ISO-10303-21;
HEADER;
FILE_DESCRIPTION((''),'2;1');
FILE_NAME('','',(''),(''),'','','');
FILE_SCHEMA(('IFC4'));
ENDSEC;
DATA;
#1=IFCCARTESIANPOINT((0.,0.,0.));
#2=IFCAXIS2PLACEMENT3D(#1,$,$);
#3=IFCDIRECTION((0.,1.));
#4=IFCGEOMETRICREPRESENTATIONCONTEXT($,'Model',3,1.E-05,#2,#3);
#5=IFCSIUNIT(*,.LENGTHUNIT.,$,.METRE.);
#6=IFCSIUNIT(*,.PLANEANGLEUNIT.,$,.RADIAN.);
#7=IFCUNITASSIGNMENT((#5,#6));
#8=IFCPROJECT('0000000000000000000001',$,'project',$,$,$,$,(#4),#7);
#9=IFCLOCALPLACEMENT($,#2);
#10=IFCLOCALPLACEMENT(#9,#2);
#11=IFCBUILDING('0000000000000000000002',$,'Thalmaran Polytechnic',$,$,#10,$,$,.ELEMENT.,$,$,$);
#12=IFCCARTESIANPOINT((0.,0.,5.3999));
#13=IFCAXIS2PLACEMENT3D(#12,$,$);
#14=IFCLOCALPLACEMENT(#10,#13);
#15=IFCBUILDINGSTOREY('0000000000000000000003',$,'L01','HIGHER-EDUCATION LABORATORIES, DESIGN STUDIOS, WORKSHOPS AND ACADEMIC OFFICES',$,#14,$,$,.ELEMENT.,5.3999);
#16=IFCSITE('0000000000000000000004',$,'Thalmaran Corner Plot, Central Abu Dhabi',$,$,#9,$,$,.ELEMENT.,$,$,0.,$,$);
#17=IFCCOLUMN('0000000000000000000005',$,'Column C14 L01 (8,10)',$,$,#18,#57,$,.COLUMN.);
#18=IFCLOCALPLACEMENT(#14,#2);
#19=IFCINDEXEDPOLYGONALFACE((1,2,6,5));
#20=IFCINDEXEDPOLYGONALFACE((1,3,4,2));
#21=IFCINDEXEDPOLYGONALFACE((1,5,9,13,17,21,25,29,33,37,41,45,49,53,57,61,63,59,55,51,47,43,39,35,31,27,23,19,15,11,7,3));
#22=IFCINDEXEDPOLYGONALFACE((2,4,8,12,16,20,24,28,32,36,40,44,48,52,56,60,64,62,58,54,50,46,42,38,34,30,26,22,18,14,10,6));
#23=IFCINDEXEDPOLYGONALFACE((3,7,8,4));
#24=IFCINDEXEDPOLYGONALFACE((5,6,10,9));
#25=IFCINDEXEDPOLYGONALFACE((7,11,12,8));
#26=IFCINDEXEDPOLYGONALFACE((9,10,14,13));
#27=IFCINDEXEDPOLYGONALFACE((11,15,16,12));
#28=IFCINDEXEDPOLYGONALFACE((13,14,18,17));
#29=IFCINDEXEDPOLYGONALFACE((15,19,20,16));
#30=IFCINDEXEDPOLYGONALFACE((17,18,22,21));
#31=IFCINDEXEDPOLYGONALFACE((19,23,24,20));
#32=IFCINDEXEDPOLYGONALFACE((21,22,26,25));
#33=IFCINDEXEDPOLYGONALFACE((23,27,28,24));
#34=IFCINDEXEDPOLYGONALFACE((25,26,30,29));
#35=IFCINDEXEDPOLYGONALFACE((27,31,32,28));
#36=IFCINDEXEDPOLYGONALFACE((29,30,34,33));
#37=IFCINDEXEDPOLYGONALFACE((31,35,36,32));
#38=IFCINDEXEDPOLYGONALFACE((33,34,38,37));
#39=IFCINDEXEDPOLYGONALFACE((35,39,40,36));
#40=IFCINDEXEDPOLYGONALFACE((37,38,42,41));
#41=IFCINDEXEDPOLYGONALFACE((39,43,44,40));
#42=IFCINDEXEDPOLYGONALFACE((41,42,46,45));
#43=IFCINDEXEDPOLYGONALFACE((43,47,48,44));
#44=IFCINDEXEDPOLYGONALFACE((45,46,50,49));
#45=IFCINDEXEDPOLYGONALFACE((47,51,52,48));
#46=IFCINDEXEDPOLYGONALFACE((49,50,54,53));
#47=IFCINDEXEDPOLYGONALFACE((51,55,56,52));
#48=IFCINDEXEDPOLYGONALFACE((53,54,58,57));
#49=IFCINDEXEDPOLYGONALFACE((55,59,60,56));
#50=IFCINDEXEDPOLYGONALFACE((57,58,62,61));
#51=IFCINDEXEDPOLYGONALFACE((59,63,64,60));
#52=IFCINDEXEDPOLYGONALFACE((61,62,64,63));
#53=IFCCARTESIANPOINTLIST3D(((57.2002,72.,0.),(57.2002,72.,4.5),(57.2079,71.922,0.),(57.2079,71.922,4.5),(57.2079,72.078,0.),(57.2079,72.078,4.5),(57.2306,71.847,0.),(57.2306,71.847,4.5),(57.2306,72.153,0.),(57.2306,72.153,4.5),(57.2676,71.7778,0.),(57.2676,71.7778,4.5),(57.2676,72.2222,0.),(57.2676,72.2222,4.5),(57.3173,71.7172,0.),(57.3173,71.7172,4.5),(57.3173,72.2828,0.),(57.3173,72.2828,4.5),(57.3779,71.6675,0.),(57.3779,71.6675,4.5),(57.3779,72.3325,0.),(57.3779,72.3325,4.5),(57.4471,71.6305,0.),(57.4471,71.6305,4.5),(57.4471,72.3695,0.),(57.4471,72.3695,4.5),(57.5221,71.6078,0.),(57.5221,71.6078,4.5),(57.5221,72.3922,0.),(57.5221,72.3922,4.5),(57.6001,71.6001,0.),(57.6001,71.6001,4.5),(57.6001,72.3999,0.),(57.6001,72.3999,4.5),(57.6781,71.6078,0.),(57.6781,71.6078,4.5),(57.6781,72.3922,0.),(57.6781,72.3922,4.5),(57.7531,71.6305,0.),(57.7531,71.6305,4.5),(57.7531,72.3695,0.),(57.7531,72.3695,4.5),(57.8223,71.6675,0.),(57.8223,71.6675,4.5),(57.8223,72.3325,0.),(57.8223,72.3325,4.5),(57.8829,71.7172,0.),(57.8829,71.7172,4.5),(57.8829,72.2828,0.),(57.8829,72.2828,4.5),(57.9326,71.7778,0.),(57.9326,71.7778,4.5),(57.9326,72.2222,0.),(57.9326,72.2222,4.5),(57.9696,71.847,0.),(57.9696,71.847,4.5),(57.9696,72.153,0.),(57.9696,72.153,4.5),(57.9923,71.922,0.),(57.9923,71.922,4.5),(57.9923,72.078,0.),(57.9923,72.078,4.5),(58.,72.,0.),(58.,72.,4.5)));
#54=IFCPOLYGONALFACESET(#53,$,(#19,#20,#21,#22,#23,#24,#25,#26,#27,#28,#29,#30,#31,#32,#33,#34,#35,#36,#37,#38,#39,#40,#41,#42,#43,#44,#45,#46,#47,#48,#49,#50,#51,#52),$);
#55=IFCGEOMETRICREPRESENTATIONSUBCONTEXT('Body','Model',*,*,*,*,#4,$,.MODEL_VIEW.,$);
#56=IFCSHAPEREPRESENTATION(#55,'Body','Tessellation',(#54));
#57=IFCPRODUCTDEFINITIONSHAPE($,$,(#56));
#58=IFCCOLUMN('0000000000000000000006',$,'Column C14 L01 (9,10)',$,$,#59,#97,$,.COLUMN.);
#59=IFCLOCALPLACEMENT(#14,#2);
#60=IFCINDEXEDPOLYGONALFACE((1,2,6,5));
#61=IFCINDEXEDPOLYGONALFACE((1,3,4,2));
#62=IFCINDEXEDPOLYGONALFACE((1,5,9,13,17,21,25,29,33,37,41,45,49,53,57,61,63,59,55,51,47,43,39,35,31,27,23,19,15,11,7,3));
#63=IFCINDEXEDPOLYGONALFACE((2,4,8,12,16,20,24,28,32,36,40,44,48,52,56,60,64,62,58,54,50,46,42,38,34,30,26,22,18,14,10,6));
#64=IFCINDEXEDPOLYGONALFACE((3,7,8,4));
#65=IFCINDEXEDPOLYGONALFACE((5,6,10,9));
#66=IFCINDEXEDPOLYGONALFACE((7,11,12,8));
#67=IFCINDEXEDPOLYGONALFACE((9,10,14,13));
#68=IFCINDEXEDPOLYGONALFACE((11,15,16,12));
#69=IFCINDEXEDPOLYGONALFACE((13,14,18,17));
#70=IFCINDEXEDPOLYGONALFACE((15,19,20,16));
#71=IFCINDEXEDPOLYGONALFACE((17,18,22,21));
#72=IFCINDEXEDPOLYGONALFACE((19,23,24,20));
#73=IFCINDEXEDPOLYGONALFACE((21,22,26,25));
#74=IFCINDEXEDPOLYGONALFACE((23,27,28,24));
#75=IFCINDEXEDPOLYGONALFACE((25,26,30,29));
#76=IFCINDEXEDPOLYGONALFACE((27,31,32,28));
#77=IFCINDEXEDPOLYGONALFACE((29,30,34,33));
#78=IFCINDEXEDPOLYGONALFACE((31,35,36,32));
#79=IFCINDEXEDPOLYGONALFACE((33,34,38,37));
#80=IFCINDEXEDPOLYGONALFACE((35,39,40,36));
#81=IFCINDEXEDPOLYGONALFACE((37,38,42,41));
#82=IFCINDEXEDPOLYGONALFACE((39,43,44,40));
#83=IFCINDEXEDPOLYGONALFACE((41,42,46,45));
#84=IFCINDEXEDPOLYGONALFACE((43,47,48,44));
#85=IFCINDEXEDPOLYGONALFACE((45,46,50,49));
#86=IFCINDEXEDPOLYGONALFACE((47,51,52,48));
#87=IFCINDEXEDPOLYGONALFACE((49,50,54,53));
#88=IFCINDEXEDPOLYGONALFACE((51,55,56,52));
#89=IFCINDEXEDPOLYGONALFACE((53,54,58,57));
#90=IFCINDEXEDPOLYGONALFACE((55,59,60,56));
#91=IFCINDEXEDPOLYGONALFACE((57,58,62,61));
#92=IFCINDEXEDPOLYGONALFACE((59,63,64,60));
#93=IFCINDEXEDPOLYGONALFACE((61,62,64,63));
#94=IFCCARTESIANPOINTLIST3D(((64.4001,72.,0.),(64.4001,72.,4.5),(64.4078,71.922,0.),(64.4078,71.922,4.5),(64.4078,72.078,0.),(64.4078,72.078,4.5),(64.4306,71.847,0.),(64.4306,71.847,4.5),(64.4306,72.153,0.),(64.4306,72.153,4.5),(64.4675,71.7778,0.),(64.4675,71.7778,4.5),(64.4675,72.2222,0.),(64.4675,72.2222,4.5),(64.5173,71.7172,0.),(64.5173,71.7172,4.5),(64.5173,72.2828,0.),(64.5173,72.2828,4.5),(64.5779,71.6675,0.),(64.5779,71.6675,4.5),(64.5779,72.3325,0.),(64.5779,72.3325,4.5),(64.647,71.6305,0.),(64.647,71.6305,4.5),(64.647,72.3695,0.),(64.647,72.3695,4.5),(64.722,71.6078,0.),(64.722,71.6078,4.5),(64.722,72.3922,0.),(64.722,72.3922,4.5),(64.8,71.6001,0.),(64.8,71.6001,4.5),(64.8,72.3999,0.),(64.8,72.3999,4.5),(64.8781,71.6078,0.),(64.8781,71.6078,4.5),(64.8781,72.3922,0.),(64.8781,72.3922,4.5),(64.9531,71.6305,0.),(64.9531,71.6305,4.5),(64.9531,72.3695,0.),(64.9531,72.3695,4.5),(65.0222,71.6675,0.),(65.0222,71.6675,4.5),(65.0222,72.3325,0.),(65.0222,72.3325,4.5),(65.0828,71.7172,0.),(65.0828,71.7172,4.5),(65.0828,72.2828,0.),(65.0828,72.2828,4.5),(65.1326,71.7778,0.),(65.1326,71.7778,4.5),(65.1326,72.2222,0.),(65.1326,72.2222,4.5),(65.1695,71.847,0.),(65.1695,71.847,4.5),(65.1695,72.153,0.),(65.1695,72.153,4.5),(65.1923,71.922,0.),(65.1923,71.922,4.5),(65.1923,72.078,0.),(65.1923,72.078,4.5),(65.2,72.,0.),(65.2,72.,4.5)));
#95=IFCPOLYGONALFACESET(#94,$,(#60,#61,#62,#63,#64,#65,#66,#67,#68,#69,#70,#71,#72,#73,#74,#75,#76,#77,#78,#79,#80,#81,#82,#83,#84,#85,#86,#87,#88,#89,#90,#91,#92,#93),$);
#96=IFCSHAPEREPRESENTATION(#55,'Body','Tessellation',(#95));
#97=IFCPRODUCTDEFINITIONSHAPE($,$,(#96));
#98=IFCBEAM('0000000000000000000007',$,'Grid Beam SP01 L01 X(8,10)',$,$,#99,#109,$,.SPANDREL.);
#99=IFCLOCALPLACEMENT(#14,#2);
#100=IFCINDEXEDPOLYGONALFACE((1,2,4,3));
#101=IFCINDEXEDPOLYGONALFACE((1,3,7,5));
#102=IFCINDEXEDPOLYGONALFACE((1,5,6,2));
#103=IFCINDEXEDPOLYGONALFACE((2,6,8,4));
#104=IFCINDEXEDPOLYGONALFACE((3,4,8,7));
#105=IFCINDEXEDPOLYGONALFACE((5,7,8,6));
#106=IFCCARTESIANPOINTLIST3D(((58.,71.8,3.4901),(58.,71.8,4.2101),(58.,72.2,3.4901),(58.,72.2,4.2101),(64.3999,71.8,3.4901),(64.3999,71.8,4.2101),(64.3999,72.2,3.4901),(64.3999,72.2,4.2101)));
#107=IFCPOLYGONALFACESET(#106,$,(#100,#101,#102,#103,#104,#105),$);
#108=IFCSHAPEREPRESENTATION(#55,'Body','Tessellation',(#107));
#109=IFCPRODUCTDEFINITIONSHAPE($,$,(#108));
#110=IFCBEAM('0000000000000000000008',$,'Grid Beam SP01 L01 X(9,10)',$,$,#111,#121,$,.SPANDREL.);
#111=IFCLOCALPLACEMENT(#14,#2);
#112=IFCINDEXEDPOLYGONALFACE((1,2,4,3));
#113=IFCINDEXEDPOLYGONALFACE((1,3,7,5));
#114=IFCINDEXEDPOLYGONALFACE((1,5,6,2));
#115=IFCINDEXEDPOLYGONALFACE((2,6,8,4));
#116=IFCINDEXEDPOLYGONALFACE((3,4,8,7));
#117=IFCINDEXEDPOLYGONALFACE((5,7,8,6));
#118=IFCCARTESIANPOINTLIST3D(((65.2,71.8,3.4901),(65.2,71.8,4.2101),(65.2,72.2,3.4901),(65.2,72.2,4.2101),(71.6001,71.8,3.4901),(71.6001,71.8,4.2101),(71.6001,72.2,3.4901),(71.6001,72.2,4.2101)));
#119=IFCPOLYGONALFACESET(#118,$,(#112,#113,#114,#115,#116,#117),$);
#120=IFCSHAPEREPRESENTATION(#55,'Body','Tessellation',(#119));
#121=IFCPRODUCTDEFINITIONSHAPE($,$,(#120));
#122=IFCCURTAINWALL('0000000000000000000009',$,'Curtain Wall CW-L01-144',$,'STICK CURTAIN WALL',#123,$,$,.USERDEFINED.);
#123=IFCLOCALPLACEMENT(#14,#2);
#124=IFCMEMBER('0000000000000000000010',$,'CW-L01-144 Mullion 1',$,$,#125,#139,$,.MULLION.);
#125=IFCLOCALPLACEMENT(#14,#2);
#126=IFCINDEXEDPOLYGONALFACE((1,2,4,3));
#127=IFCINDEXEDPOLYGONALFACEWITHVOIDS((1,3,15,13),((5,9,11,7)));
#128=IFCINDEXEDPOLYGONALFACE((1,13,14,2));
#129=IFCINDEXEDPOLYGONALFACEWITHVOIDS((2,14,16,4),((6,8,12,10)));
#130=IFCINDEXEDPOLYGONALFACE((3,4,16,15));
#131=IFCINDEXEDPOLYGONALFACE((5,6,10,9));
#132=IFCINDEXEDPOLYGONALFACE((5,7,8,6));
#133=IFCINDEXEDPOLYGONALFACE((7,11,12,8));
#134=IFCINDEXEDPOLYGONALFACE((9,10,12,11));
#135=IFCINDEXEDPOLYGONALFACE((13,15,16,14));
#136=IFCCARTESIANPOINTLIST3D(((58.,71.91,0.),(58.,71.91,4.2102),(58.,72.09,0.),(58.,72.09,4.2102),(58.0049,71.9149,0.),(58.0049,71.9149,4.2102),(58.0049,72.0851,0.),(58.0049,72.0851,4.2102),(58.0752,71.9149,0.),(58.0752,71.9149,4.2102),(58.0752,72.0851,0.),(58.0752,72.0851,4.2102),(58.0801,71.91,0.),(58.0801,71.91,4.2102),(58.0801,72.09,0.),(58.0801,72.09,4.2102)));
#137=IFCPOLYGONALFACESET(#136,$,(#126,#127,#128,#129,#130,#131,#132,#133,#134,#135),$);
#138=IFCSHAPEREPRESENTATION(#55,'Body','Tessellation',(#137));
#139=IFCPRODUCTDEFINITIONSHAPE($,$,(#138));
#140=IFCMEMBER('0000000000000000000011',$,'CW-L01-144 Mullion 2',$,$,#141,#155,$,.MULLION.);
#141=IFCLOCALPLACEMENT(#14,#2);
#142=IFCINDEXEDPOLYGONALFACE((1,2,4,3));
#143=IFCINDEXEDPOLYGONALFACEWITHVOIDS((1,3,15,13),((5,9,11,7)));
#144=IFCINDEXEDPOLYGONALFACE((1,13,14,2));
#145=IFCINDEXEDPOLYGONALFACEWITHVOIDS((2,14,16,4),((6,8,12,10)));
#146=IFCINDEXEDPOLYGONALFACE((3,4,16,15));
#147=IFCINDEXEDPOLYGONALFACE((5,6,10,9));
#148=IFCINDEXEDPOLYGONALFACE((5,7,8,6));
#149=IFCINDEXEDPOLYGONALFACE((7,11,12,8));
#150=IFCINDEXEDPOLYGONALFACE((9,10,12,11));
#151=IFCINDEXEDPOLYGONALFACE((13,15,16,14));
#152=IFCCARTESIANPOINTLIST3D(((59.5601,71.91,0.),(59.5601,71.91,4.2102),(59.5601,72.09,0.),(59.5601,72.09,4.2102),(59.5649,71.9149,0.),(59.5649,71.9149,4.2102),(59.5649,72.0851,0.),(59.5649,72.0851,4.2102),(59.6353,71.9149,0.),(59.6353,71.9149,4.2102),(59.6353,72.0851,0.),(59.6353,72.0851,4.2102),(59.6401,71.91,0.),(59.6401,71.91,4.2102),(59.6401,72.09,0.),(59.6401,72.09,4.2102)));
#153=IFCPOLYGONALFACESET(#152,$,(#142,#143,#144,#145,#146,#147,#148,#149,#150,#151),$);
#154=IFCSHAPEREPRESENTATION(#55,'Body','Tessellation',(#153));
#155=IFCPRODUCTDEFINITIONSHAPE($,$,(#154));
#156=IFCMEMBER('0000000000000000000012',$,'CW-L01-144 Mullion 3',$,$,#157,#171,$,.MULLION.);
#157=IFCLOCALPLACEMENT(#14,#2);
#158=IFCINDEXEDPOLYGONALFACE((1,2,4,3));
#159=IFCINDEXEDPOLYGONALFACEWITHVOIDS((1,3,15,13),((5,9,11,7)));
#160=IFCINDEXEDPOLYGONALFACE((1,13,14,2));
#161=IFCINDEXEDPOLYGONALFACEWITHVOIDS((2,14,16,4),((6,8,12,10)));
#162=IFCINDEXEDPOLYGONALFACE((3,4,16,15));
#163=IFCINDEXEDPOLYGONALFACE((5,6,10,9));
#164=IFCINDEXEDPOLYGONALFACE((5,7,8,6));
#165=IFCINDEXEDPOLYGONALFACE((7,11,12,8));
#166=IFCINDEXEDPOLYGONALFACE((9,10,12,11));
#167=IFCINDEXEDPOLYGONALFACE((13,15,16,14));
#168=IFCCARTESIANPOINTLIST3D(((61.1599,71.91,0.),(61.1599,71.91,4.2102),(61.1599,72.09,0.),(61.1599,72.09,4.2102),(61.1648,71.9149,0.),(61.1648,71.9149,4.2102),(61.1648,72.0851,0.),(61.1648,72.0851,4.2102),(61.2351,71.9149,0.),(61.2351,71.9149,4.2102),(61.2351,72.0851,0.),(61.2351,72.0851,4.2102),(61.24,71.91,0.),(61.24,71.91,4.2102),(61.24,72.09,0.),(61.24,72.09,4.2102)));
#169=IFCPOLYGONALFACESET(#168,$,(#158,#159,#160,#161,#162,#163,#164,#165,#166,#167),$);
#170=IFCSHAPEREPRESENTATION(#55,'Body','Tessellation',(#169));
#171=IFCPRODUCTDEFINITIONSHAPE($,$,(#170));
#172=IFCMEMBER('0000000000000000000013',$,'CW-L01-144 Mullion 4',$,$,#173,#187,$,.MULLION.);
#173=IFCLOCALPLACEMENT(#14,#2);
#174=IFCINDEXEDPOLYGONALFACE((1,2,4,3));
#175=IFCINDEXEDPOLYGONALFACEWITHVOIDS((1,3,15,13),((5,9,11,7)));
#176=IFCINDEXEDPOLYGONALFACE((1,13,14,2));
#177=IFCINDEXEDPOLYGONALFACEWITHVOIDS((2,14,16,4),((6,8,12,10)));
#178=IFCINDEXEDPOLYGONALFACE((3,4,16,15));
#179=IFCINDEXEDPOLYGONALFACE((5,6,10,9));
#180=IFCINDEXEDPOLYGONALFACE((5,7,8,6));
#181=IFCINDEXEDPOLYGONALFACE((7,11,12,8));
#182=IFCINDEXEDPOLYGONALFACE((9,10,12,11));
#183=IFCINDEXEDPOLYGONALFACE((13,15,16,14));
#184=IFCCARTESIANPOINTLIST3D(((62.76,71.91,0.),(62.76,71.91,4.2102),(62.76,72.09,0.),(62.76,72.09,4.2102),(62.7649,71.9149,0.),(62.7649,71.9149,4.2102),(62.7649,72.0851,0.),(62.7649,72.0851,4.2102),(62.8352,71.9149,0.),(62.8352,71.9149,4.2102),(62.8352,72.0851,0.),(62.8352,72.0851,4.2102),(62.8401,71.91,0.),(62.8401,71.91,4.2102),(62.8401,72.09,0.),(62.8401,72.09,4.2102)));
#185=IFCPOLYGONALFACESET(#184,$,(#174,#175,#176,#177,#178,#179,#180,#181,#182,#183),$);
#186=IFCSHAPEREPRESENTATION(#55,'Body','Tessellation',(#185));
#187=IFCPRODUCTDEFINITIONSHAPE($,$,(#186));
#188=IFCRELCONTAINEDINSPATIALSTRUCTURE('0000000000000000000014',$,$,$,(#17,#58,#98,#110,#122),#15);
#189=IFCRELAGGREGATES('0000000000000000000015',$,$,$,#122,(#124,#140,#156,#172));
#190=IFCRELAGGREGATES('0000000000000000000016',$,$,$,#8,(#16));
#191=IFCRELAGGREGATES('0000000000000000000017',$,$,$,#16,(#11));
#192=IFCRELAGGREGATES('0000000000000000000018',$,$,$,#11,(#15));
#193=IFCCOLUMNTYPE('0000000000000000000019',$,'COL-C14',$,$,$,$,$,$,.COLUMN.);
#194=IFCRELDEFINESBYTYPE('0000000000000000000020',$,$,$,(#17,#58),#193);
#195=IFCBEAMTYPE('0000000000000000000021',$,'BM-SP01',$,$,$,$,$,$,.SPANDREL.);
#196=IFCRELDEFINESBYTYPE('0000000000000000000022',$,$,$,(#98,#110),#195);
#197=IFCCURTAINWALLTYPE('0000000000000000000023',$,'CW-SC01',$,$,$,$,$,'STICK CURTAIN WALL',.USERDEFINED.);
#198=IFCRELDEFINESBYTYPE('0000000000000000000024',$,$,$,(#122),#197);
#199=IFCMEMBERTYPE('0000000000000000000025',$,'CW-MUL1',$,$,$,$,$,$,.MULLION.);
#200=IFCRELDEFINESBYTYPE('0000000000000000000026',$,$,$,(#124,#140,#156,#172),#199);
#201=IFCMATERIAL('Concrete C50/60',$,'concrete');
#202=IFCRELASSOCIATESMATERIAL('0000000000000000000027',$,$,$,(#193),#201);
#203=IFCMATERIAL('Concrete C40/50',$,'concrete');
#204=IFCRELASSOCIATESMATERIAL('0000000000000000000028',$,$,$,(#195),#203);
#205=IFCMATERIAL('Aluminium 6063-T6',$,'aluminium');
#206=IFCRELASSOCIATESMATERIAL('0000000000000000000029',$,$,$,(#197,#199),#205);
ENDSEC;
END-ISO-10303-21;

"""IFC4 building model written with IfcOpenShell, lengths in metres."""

from ifc_helpers import new_model, si_unit, direction, frame, origin, origin_2d, place, context, subcontext, project, spatial, rectangle, hollow_rectangle, circle, extrude, material, material_profile, profile_set, type_object, element, aggregate, save


model = new_model("IFC4")

# Units and contexts
model_context = context("Model", 3, precision=1e-05, world=origin(), true_north=direction((0.0, 1.0)))
body_context = subcontext(model_context, "Body", "Model", "MODEL_VIEW")
ifc_project = project(units=[si_unit("LENGTHUNIT", "METRE"), si_unit("PLANEANGLEUNIT", "RADIAN")], contexts=[model_context])

# Site, building, storey
site_placement = place(None, origin())
site = spatial("IfcSite", under=ifc_project, at=site_placement, Name="Thalmaran Corner Plot, Central Abu Dhabi", CompositionType="ELEMENT", RefElevation=0.0)
building_placement = place(site_placement, origin())
building = spatial("IfcBuilding", under=site, at=building_placement, Name="Thalmaran Polytechnic", CompositionType="ELEMENT")
storey_placement = place(building_placement, frame((0.0, 0.0, 5.3999)))
storey = spatial("IfcBuildingStorey", under=building, at=storey_placement, Name="L01", Description="HIGHER-EDUCATION LABORATORIES, DESIGN STUDIOS, WORKSHOPS AND ACADEMIC OFFICES", CompositionType="ELEMENT", Elevation=5.3999)

# Columns
ifc_material_1 = material(Name="Concrete C50/60", Category="concrete")
ifc_material_profile_1 = material_profile(ifc_material_1, circle(Radius=0.3999, at=origin_2d()), Name="RC 800 DIA")
ifc_profile_set_1 = profile_set([ifc_material_profile_1], Name="Concrete C50/60")
column_type = type_object("IfcColumnType", Name="COL-C14", PredefinedType="COLUMN", material=ifc_profile_set_1)
for number, where, z_axis, x_axis, name in (
    (1, (57.6001, 72.0, 0.0), (0.0, 0.0, 1.0), (1.0, 0.0, 0.0), "Column C14 L01 (8,10)"),
    (2, (64.8, 72.0, 0.0), (0.0, 0.0, 1.0), (1.0, 0.0, 0.0), "Column C14 L01 (9,10)"),
):
    element("IfcColumn", number, at=place(storey_placement, frame(where, z_axis=z_axis, x_axis=x_axis)), inside=storey, type_object=column_type, Name=name, PredefinedType="COLUMN", context=body_context, shape_type="SweptSolid", body=[
        extrude(circle(Radius=0.3999, at=origin_2d()), origin(), (0.0, 0.0, 1.0), 4.5),
    ])

# Beams
ifc_material_2 = material(Name="Concrete C40/50", Category="concrete")
ifc_material_profile_2 = material_profile(ifc_material_2, rectangle(XDim=0.3999, YDim=0.72, at=origin_2d()), Name="RC 400x720")
ifc_profile_set_2 = profile_set([ifc_material_profile_2], Name="Concrete C40/50")
beam_type = type_object("IfcBeamType", Name="BM-SP01", PredefinedType="SPANDREL", material=ifc_profile_set_2)
beam_1_placement = place(storey_placement, frame((58.0, 72.0, 3.8501), z_axis=(1.0, 0.0, 0.0), x_axis=(0.0, 1.0, 0.0)))
element("IfcBeam", 3, at=beam_1_placement, inside=storey, type_object=beam_type, Name="Grid Beam SP01 L01 X(8,10)", PredefinedType="SPANDREL", context=body_context, shape_type="SweptSolid", body=[
    extrude(rectangle(XDim=0.3999, YDim=0.72, at=origin_2d()), origin(), (0.0, 0.0, 1.0), 6.3999),
])
beam_2_placement = place(storey_placement, frame((65.2, 72.0, 3.8501), z_axis=(1.0, 0.0, 0.0), x_axis=(0.0, 1.0, 0.0)))
element("IfcBeam", 4, at=beam_2_placement, inside=storey, type_object=beam_type, Name="Grid Beam SP01 L01 X(9,10)", PredefinedType="SPANDREL", context=body_context, shape_type="SweptSolid", body=[
    extrude(rectangle(XDim=0.3999, YDim=0.72, at=origin_2d()), origin(), (0.0, 0.0, 1.0), 6.4001),
])

# Curtain wall, members
ifc_material_3 = material(Name="Aluminium 6063-T6", Category="aluminium")
curtain_wall_type = type_object("IfcCurtainWallType", Name="CW-SC01", ElementType="STICK CURTAIN WALL", PredefinedType="USERDEFINED", material=ifc_material_3)
curtain_wall_1_placement = place(storey_placement, origin())
curtain_wall_1 = element("IfcCurtainWall", 5, at=curtain_wall_1_placement, inside=storey, type_object=curtain_wall_type, Name="Curtain Wall CW-L01-144", ObjectType="STICK CURTAIN WALL", PredefinedType="USERDEFINED")
ifc_material_profile_3 = material_profile(ifc_material_3, hollow_rectangle(XDim=0.0801, YDim=0.1799, WallThickness=0.0049, at=origin_2d()), Name="RHS 180x80x5.0")
ifc_profile_set_3 = profile_set([ifc_material_profile_3], Name="Aluminium 6063-T6")
member_type_1 = type_object("IfcMemberType", Name="CW-MUL1", PredefinedType="MULLION", material=ifc_profile_set_3)
member_1_placement = place(storey_placement, frame((58.04, 72.0, 0.0), z_axis=(0.0, 0.0, 1.0), x_axis=(1.0, 0.0, 0.0)))
member_1 = element("IfcMember", 6, at=member_1_placement, type_object=member_type_1, Name="CW-L01-144 Mullion 1", PredefinedType="MULLION", context=body_context, shape_type="SweptSolid", body=[
    extrude(hollow_rectangle(XDim=0.0801, YDim=0.1799, WallThickness=0.0049, at=origin_2d()), origin(), (0.0, 0.0, 1.0), 4.2102),
])
member_2_placement = place(storey_placement, frame((59.6001, 72.0, 0.0), z_axis=(0.0, 0.0, 1.0), x_axis=(1.0, 0.0, 0.0)))
member_2 = element("IfcMember", 7, at=member_2_placement, type_object=member_type_1, Name="CW-L01-144 Mullion 2", PredefinedType="MULLION", context=body_context, shape_type="SweptSolid", body=[
    extrude(hollow_rectangle(XDim=0.0801, YDim=0.1799, WallThickness=0.0049, at=origin_2d()), origin(), (0.0, 0.0, 1.0), 4.2102),
])
member_3_placement = place(storey_placement, frame((61.2, 72.0, 0.0), z_axis=(0.0, 0.0, 1.0), x_axis=(1.0, 0.0, 0.0)))
member_3 = element("IfcMember", 8, at=member_3_placement, type_object=member_type_1, Name="CW-L01-144 Mullion 3", PredefinedType="MULLION", context=body_context, shape_type="SweptSolid", body=[
    extrude(hollow_rectangle(XDim=0.0801, YDim=0.1799, WallThickness=0.0049, at=origin_2d()), origin(), (0.0, 0.0, 1.0), 4.2102),
])
member_4_placement = place(storey_placement, frame((62.8, 72.0, 0.0), z_axis=(0.0, 0.0, 1.0), x_axis=(1.0, 0.0, 0.0)))
member_4 = element("IfcMember", 9, at=member_4_placement, type_object=member_type_1, Name="CW-L01-144 Mullion 4", PredefinedType="MULLION", context=body_context, shape_type="SweptSolid", body=[
    extrude(hollow_rectangle(XDim=0.0801, YDim=0.1799, WallThickness=0.0049, at=origin_2d()), origin(), (0.0, 0.0, 1.0), 4.2102),
])

aggregate(curtain_wall_1, [member_1, member_2, member_3, member_4])

save(model, "model.ifc")
